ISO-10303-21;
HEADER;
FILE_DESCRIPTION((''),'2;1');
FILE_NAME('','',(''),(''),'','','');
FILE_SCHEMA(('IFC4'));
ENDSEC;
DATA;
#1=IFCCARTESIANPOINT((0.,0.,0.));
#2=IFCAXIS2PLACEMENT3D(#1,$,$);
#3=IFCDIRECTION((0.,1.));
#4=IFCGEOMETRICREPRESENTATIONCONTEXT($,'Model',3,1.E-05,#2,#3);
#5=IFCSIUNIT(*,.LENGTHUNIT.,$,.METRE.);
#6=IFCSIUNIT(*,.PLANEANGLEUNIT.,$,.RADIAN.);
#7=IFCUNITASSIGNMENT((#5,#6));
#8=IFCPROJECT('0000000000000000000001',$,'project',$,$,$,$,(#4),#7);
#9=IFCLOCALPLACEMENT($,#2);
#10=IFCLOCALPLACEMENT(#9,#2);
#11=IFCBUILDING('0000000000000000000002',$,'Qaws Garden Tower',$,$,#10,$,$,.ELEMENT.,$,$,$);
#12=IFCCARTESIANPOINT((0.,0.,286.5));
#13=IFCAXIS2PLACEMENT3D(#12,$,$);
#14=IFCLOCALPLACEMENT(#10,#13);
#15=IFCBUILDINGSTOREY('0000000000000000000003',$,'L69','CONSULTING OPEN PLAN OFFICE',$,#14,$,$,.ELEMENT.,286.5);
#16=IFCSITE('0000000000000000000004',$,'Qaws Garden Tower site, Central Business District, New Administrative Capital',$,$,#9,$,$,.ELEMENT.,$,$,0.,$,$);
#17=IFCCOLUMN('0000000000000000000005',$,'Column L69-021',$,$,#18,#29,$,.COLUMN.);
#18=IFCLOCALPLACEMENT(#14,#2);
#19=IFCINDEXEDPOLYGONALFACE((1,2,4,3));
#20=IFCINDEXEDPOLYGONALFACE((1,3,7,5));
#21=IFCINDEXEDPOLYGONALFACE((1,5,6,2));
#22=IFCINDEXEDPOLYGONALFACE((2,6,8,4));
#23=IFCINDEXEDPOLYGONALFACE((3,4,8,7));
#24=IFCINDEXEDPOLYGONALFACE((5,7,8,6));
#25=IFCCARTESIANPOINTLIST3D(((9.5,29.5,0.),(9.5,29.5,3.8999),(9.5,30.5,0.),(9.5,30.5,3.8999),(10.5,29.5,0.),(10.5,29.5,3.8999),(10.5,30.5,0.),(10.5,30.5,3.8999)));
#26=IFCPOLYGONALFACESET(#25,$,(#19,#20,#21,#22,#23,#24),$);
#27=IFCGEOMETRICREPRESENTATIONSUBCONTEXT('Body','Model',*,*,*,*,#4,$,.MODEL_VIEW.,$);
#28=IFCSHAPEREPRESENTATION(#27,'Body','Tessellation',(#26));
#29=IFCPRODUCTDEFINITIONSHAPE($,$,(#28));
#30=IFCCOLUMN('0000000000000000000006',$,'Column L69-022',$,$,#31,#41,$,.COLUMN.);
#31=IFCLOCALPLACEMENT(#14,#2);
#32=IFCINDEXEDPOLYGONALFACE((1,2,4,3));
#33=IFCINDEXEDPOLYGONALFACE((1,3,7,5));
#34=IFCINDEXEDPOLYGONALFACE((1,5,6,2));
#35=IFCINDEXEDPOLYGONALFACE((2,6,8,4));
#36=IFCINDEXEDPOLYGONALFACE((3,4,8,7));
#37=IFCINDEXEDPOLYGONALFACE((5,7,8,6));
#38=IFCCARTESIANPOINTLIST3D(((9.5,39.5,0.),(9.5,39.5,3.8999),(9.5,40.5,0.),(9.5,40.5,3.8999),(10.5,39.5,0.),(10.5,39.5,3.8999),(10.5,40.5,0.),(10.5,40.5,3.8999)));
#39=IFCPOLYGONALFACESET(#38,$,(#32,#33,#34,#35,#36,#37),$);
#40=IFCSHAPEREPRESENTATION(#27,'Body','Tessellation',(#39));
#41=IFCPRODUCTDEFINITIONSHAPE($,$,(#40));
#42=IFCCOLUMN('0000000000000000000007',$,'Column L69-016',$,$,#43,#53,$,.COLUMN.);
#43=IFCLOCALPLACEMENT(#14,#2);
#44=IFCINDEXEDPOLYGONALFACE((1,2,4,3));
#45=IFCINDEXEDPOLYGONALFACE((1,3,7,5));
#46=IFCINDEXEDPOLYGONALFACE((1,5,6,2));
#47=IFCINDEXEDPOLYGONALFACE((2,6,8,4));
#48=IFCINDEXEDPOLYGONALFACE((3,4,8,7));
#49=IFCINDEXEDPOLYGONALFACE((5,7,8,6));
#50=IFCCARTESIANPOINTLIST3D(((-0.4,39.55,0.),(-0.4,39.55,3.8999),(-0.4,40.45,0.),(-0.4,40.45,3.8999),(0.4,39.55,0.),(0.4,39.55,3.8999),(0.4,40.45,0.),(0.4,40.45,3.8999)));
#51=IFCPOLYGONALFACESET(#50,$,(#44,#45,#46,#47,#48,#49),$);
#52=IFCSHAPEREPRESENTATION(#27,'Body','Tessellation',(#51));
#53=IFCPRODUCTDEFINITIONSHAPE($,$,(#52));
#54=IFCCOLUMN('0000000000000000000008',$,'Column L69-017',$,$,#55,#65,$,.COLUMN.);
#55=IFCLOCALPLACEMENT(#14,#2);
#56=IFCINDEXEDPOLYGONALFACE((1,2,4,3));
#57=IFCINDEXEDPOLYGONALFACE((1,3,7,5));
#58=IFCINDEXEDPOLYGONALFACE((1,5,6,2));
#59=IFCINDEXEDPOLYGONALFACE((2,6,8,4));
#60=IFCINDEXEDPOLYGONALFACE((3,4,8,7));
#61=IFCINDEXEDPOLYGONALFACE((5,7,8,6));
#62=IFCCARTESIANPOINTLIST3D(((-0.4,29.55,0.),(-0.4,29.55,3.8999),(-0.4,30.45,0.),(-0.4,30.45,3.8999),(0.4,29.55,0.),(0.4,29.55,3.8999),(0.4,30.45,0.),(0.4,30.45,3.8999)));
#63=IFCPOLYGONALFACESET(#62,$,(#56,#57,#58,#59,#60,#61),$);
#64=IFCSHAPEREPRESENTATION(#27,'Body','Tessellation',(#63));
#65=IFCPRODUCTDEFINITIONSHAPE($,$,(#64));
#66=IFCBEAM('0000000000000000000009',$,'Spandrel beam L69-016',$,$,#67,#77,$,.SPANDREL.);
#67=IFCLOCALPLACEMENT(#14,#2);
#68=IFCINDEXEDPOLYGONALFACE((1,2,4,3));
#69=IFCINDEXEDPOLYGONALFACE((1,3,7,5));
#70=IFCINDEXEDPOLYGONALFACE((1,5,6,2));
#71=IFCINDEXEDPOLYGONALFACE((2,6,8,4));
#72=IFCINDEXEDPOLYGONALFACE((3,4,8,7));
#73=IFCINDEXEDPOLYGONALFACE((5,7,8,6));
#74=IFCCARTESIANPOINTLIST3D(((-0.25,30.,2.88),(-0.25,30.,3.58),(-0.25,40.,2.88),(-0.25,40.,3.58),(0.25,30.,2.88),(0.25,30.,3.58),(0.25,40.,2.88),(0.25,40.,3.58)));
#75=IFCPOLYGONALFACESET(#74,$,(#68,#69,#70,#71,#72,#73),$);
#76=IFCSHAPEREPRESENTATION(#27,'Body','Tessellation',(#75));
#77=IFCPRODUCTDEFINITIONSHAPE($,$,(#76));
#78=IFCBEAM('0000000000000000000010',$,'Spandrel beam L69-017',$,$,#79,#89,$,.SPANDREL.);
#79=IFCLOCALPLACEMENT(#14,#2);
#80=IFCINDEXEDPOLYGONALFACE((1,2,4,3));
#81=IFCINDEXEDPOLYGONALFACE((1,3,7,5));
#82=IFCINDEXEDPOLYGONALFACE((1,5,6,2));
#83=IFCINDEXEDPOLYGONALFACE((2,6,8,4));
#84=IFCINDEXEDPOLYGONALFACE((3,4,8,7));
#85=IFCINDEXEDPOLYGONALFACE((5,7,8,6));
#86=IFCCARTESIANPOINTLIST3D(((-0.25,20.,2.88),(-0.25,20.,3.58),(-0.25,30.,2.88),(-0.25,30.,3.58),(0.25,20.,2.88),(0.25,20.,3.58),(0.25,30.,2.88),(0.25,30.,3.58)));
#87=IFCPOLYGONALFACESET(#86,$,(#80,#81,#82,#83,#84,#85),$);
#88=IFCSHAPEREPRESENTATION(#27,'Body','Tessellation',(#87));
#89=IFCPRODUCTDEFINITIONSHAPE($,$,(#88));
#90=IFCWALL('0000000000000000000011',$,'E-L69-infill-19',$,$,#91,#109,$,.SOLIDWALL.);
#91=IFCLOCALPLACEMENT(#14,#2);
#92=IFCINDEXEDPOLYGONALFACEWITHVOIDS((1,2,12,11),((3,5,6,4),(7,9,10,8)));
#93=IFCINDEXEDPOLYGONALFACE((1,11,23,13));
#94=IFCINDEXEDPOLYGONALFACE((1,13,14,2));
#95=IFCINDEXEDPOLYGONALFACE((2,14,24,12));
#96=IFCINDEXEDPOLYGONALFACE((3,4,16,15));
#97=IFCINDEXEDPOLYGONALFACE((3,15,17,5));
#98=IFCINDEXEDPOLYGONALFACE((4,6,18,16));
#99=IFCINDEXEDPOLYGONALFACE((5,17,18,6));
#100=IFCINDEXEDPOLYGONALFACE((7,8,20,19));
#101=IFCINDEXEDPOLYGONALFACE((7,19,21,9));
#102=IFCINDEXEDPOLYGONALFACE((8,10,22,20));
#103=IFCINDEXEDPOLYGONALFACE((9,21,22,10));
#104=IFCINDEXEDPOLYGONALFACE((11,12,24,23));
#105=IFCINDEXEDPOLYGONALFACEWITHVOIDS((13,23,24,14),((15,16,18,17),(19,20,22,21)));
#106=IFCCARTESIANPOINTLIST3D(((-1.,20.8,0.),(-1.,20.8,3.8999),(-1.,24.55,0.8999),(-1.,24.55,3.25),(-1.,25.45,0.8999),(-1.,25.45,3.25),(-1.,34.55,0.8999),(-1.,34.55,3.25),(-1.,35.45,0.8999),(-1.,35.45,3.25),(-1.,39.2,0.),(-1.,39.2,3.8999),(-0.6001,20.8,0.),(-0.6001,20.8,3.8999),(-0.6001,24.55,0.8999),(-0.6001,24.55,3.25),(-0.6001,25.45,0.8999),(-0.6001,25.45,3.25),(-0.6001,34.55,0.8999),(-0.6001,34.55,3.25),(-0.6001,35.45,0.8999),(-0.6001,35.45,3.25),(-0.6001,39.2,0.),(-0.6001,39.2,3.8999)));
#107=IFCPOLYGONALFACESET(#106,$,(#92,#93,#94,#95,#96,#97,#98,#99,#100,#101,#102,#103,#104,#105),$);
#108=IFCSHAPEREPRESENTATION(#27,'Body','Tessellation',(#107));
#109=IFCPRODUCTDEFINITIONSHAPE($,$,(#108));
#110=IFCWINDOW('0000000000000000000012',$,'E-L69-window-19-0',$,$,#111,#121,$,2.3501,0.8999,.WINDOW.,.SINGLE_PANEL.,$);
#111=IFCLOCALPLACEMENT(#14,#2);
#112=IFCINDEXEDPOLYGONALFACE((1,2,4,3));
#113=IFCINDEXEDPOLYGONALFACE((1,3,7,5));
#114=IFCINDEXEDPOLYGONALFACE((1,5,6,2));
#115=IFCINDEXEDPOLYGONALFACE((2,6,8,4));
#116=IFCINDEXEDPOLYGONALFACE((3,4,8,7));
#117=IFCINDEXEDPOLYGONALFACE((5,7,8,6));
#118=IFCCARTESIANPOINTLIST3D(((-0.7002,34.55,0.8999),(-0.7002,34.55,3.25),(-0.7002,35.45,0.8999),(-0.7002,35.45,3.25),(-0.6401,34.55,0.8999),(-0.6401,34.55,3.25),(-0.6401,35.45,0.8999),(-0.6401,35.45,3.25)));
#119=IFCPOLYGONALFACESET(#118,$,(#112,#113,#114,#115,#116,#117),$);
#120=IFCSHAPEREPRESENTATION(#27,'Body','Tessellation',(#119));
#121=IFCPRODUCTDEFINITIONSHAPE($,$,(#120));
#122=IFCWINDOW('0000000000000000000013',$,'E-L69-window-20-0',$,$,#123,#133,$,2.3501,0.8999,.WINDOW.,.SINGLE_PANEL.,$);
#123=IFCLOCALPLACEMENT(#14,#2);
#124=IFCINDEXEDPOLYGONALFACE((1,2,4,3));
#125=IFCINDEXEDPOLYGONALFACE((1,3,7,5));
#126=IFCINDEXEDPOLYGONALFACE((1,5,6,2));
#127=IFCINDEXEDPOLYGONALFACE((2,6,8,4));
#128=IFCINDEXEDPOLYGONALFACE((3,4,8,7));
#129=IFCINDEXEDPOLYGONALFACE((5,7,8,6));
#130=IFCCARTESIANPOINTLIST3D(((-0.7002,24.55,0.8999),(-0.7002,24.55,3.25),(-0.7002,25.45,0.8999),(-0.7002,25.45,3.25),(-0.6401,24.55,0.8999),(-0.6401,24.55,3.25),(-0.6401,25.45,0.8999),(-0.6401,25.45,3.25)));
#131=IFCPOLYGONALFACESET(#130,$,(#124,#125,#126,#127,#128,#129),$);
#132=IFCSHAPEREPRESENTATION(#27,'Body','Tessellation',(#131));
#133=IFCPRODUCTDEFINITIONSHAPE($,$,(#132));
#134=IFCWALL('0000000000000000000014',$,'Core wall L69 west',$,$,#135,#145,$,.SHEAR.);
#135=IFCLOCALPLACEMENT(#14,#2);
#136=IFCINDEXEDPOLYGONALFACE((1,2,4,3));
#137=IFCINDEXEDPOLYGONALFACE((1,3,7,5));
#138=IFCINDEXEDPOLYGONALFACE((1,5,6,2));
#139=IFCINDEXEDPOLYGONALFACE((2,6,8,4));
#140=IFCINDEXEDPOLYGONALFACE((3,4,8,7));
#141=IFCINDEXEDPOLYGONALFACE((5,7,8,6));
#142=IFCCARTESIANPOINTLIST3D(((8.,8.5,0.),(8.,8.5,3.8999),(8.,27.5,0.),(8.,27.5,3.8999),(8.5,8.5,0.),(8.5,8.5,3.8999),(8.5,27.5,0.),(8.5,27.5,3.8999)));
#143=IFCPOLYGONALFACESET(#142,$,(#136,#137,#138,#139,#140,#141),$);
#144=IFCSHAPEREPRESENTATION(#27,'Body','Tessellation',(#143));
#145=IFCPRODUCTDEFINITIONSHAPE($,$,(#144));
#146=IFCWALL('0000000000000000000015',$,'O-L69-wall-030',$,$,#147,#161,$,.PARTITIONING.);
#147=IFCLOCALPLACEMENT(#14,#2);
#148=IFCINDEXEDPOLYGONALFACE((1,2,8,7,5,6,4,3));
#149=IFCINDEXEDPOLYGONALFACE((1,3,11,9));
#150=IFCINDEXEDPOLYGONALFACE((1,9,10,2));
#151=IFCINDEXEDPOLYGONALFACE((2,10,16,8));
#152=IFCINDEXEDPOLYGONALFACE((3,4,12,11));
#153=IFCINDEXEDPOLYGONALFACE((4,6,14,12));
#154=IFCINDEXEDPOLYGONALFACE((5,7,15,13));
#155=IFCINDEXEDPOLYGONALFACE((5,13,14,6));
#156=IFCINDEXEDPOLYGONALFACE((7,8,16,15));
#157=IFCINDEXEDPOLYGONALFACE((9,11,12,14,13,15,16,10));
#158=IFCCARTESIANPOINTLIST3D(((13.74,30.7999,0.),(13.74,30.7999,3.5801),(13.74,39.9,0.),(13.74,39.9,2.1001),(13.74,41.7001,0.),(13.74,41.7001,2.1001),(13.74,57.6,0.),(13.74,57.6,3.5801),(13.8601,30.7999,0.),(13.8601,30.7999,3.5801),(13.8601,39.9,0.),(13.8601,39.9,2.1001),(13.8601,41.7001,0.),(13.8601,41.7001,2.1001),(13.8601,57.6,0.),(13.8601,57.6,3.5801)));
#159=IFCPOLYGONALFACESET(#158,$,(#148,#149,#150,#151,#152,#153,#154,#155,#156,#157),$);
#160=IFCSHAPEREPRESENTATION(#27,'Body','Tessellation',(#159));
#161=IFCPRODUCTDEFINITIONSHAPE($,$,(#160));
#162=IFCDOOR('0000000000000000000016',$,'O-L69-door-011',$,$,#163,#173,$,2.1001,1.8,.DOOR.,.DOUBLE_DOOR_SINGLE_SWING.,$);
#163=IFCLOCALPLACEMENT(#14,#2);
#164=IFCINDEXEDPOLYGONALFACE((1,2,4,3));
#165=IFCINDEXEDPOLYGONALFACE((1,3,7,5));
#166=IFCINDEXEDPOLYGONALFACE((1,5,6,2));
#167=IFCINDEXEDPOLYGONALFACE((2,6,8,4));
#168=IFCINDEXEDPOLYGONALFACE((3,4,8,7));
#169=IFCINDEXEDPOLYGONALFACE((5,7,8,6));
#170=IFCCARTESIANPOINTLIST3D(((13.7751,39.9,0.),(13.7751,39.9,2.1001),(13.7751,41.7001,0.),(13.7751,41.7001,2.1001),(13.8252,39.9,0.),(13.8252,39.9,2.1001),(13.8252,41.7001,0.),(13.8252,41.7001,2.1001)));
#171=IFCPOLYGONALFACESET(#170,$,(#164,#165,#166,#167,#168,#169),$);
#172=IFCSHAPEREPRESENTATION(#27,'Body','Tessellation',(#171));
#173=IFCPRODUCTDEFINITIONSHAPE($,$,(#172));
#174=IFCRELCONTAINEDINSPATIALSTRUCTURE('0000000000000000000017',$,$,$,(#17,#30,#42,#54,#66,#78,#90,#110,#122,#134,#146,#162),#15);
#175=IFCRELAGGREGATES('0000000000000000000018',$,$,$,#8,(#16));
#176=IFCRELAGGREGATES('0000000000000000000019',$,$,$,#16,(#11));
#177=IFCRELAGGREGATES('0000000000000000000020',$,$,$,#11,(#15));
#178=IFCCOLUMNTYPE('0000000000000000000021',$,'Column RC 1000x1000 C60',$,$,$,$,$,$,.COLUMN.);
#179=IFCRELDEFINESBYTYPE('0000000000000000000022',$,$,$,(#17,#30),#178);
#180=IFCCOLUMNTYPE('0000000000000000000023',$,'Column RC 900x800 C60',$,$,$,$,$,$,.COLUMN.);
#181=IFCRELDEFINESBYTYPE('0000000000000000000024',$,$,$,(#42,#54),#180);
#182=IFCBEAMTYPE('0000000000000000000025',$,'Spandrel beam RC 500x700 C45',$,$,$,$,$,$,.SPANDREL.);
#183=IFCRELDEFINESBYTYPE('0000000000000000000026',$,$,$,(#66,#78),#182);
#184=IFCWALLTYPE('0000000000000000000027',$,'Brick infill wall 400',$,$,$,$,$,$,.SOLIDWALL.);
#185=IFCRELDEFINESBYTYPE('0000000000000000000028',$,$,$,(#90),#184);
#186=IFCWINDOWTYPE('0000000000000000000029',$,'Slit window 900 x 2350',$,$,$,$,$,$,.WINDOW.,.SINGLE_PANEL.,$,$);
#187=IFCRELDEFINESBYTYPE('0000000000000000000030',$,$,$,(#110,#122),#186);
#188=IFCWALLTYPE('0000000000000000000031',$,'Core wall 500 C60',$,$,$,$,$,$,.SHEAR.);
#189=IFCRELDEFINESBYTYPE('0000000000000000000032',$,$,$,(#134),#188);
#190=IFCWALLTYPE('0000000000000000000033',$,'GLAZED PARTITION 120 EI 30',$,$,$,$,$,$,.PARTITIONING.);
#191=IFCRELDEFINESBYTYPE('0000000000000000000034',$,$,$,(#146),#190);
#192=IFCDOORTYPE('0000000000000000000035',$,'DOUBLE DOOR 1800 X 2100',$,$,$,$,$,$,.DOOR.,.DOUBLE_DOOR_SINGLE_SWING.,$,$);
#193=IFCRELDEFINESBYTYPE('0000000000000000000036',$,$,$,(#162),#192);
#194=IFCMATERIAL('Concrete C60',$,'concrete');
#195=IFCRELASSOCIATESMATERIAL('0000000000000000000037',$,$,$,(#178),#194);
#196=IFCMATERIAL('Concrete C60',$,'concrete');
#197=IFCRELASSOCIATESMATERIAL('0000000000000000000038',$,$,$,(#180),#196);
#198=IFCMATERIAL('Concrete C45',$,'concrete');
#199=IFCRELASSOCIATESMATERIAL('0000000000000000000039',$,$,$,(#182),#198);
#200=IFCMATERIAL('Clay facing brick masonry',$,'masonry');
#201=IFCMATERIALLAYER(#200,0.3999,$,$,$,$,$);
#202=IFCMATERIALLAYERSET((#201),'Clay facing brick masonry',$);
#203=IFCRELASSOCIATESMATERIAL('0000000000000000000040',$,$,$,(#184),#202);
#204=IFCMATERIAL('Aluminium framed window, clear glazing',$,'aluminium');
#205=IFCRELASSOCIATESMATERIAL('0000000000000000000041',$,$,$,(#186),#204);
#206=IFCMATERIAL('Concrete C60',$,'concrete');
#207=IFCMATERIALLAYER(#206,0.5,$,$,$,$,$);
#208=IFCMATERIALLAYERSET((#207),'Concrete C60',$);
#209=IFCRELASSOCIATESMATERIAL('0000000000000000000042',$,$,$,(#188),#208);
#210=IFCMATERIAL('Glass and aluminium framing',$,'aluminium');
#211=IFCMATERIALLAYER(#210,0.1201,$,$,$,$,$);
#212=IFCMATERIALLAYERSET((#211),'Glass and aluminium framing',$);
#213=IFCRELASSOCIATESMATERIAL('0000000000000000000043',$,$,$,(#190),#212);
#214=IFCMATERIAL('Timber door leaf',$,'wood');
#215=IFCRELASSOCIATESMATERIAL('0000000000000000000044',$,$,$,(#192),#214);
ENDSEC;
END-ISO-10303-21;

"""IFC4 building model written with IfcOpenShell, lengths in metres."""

from ifc_helpers import new_model, si_unit, direction, frame, frame_2d, origin, origin_2d, place, context, subcontext, project, spatial, rectangle, extrude, material, layer, layer_set, material_profile, profile_set, type_object, element, fill, save


model = new_model("IFC4")

# Units and contexts
model_context = context("Model", 3, precision=1e-05, world=origin(), true_north=direction((0.0, 1.0)))
body_context = subcontext(model_context, "Body", "Model", "MODEL_VIEW")
ifc_project = project(units=[si_unit("LENGTHUNIT", "METRE"), si_unit("PLANEANGLEUNIT", "RADIAN")], contexts=[model_context])

# Site, building, storey
site_placement = place(None, origin())
site = spatial("IfcSite", under=ifc_project, at=site_placement, Name="Qaws Garden Tower site, Central Business District, New Administrative Capital", CompositionType="ELEMENT", RefElevation=0.0)
building_placement = place(site_placement, origin())
building = spatial("IfcBuilding", under=site, at=building_placement, Name="Qaws Garden Tower", CompositionType="ELEMENT")
storey_placement = place(building_placement, frame((0.0, 0.0, 286.5)))
storey = spatial("IfcBuildingStorey", under=building, at=storey_placement, Name="L69", Description="CONSULTING OPEN PLAN OFFICE", CompositionType="ELEMENT", Elevation=286.5)

# Columns
ifc_material_1 = material(Name="Concrete C60", Category="concrete")
ifc_material_profile_1 = material_profile(ifc_material_1, rectangle(XDim=1.0, YDim=1.0, at=origin_2d()), Name="RC 1000x1000")
ifc_profile_set_1 = profile_set([ifc_material_profile_1], Name="Concrete C60")
column_type_1 = type_object("IfcColumnType", Name="Column RC 1000x1000 C60", PredefinedType="COLUMN", material=ifc_profile_set_1)
for number, where, z_axis, x_axis, name in (
    (1, (10.0, 30.0, 0.0), (0.0, 0.0, 1.0), (1.0, 0.0, 0.0), "Column L69-021"),
    (2, (10.0, 40.0, 0.0), (0.0, 0.0, 1.0), (1.0, 0.0, 0.0), "Column L69-022"),
):
    element("IfcColumn", number, at=place(storey_placement, frame(where, z_axis=z_axis, x_axis=x_axis)), inside=storey, type_object=column_type_1, Name=name, PredefinedType="COLUMN", context=body_context, shape_type="SweptSolid", body=[
        extrude(rectangle(XDim=1.0, YDim=1.0, at=origin_2d()), origin(), (0.0, 0.0, 1.0), 3.8999),
    ])
ifc_material_2 = material(Name="Concrete C60", Category="concrete")
ifc_material_profile_2 = material_profile(ifc_material_2, rectangle(XDim=0.8999, YDim=0.8, at=origin_2d()), Name="RC 900x800")
ifc_profile_set_2 = profile_set([ifc_material_profile_2], Name="Concrete C60")
column_type_2 = type_object("IfcColumnType", Name="Column RC 900x800 C60", PredefinedType="COLUMN", material=ifc_profile_set_2)
for number, where, z_axis, x_axis, name in (
    (3, (0.0, 40.0, 0.0), (0.0, 0.0, 1.0), (0.0, 1.0, 0.0), "Column L69-016"),
    (4, (0.0, 30.0, 0.0), (0.0, 0.0, 1.0), (0.0, 1.0, 0.0), "Column L69-017"),
):
    element("IfcColumn", number, at=place(storey_placement, frame(where, z_axis=z_axis, x_axis=x_axis)), inside=storey, type_object=column_type_2, Name=name, PredefinedType="COLUMN", context=body_context, shape_type="SweptSolid", body=[
        extrude(rectangle(XDim=0.8999, YDim=0.8, at=origin_2d()), origin(), (0.0, 0.0, 1.0), 3.8999),
    ])

# Beams
ifc_material_3 = material(Name="Concrete C45", Category="concrete")
ifc_material_profile_3 = material_profile(ifc_material_3, rectangle(XDim=0.5, YDim=0.7, at=origin_2d()), Name="RC 500x700")
ifc_profile_set_3 = profile_set([ifc_material_profile_3], Name="Concrete C45")
beam_type = type_object("IfcBeamType", Name="Spandrel beam RC 500x700 C45", PredefinedType="SPANDREL", material=ifc_profile_set_3)
for number, where, z_axis, x_axis, name in (
    (5, (0.0, 40.0, 3.23), (0.0, -1.0, 0.0), (1.0, 0.0, 0.0), "Spandrel beam L69-016"),
    (6, (0.0, 30.0, 3.23), (0.0, -1.0, 0.0), (1.0, 0.0, 0.0), "Spandrel beam L69-017"),
):
    element("IfcBeam", number, at=place(storey_placement, frame(where, z_axis=z_axis, x_axis=x_axis)), inside=storey, type_object=beam_type, Name=name, PredefinedType="SPANDREL", context=body_context, shape_type="SweptSolid", body=[
        extrude(rectangle(XDim=0.5, YDim=0.7, at=origin_2d()), origin(), (0.0, 0.0, 1.0), 10.0),
    ])

# Wall, openings, windows
ifc_material_4 = material(Name="Clay facing brick masonry", Category="masonry")
ifc_layer_1 = layer(ifc_material_4, 0.3999)
ifc_layer_set_1 = layer_set([ifc_layer_1], Name="Clay facing brick masonry")
wall_type_1 = type_object("IfcWallType", Name="Brick infill wall 400", PredefinedType="SOLIDWALL", material=ifc_layer_set_1)
wall_1_placement = place(storey_placement, frame((-0.8, 39.2, 0.0), z_axis=(0.0, 0.0, 1.0), x_axis=(0.0, -1.0, 0.0)))
wall_1 = element("IfcWall", 7, at=wall_1_placement, inside=storey, type_object=wall_type_1, Name="E-L69-infill-19", PredefinedType="SOLIDWALL", context=body_context, shape_type="SweptSolid", body=[
    extrude(rectangle(XDim=18.3999, YDim=0.3999, at=frame_2d((9.2, 0.0))), origin(), (0.0, 0.0, 1.0), 3.8999),
])
opening_1_placement = place(wall_1_placement, frame((3.75, 0.0, 0.8999)))
opening_1 = element("IfcOpeningElement", 8, at=opening_1_placement, cuts=wall_1, PredefinedType="OPENING", context=body_context, shape_type="SweptSolid", body=[
    extrude(rectangle(XDim=0.8999, YDim=2.3501, at=frame_2d((0.45, 1.175))), frame((0.0, 0.21, 0.0), z_axis=(0.0, -1.0, 0.0), x_axis=(1.0, 0.0, 0.0)), (0.0, 0.0, 1.0), 0.4199),
])
opening_2_placement = place(wall_1_placement, frame((13.75, 0.0, 0.8999)))
opening_2 = element("IfcOpeningElement", 9, at=opening_2_placement, cuts=wall_1, PredefinedType="OPENING", context=body_context, shape_type="SweptSolid", body=[
    extrude(rectangle(XDim=0.8999, YDim=2.3501, at=frame_2d((0.45, 1.175))), frame((0.0, 0.21, 0.0), z_axis=(0.0, -1.0, 0.0), x_axis=(1.0, 0.0, 0.0)), (0.0, 0.0, 1.0), 0.4199),
])
ifc_material_5 = material(Name="Aluminium framed window, clear glazing", Category="aluminium")
window_type = type_object("IfcWindowType", Name="Slit window 900 x 2350", PartitioningType="SINGLE_PANEL", PredefinedType="WINDOW", material=ifc_material_5)
window_1_placement = place(opening_1_placement, origin())
window_1 = element("IfcWindow", 10, at=window_1_placement, inside=storey, type_object=window_type, Name="E-L69-window-19-0", OverallHeight=2.3501, OverallWidth=0.8999, PartitioningType="SINGLE_PANEL", PredefinedType="WINDOW", context=body_context, shape_type="SweptSolid", body=[
    extrude(rectangle(XDim=0.8999, YDim=2.3501, at=frame_2d((0.45, 1.175))), frame((0.0, 0.1599, 0.0), z_axis=(0.0, -1.0, 0.0), x_axis=(1.0, 0.0, 0.0)), (0.0, 0.0, 1.0), 0.0601),
])
fill(opening_1, window_1)
window_2_placement = place(opening_2_placement, origin())
window_2 = element("IfcWindow", 11, at=window_2_placement, inside=storey, type_object=window_type, Name="E-L69-window-20-0", OverallHeight=2.3501, OverallWidth=0.8999, PartitioningType="SINGLE_PANEL", PredefinedType="WINDOW", context=body_context, shape_type="SweptSolid", body=[
    extrude(rectangle(XDim=0.8999, YDim=2.3501, at=frame_2d((0.45, 1.175))), frame((0.0, 0.1599, 0.0), z_axis=(0.0, -1.0, 0.0), x_axis=(1.0, 0.0, 0.0)), (0.0, 0.0, 1.0), 0.0601),
])
fill(opening_2, window_2)

# Wall
ifc_material_6 = material(Name="Concrete C60", Category="concrete")
ifc_layer_2 = layer(ifc_material_6, 0.5)
ifc_layer_set_2 = layer_set([ifc_layer_2], Name="Concrete C60")
wall_type_2 = type_object("IfcWallType", Name="Core wall 500 C60", PredefinedType="SHEAR", material=ifc_layer_set_2)
wall_2_placement = place(storey_placement, frame((8.25, 27.5, 0.0), z_axis=(0.0, 0.0, 1.0), x_axis=(0.0, -1.0, 0.0)))
element("IfcWall", 12, at=wall_2_placement, inside=storey, type_object=wall_type_2, Name="Core wall L69 west", PredefinedType="SHEAR", context=body_context, shape_type="SweptSolid", body=[
    extrude(rectangle(XDim=19.0, YDim=0.5, at=frame_2d((9.5, 0.0))), origin(), (0.0, 0.0, 1.0), 3.8999),
])

# Wall, opening, door
ifc_material_7 = material(Name="Glass and aluminium framing", Category="aluminium")
ifc_layer_3 = layer(ifc_material_7, 0.1201)
ifc_layer_set_3 = layer_set([ifc_layer_3], Name="Glass and aluminium framing")
wall_type_3 = type_object("IfcWallType", Name="GLAZED PARTITION 120 EI 30", PredefinedType="PARTITIONING", material=ifc_layer_set_3)
wall_3_placement = place(storey_placement, frame((13.8, 30.8, 0.0), z_axis=(0.0, 0.0, 1.0), x_axis=(0.0, 1.0, 0.0)))
wall_3 = element("IfcWall", 13, at=wall_3_placement, inside=storey, type_object=wall_type_3, Name="O-L69-wall-030", PredefinedType="PARTITIONING", context=body_context, shape_type="SweptSolid", body=[
    extrude(rectangle(XDim=26.8, YDim=0.1201, at=frame_2d((13.3999, 0.0))), origin(), (0.0, 0.0, 1.0), 3.5801),
])
opening_3_placement = place(wall_3_placement, frame((9.1001, 0.0, 0.0)))
opening_3 = element("IfcOpeningElement", 14, at=opening_3_placement, cuts=wall_3, PredefinedType="OPENING", context=body_context, shape_type="SweptSolid", body=[
    extrude(rectangle(XDim=1.8, YDim=2.1001, at=frame_2d((0.8999, 1.05))), frame((0.0, 0.0701, 0.0), z_axis=(0.0, -1.0, 0.0), x_axis=(1.0, 0.0, 0.0)), (0.0, 0.0, 1.0), 0.1401),
])
ifc_material_8 = material(Name="Timber door leaf", Category="wood")
door_type_1 = type_object("IfcDoorType", Name="DOUBLE DOOR 1800 X 2100", OperationType="DOUBLE_DOOR_SINGLE_SWING", PredefinedType="DOOR", material=ifc_material_8)
door_1_placement = place(opening_3_placement, origin())
door_1 = element("IfcDoor", 15, at=door_1_placement, inside=storey, type_object=door_type_1, Name="O-L69-door-011", OperationType="DOUBLE_DOOR_SINGLE_SWING", OverallHeight=2.1001, OverallWidth=1.8, PredefinedType="DOOR", context=body_context, shape_type="SweptSolid", body=[
    extrude(rectangle(XDim=1.8, YDim=2.1001, at=frame_2d((0.8999, 1.05))), frame((0.0, 0.0249, 0.0), z_axis=(0.0, -1.0, 0.0), x_axis=(1.0, 0.0, 0.0)), (0.0, 0.0, 1.0), 0.05),
])
fill(opening_3, door_1)

save(model, "model.ifc")
